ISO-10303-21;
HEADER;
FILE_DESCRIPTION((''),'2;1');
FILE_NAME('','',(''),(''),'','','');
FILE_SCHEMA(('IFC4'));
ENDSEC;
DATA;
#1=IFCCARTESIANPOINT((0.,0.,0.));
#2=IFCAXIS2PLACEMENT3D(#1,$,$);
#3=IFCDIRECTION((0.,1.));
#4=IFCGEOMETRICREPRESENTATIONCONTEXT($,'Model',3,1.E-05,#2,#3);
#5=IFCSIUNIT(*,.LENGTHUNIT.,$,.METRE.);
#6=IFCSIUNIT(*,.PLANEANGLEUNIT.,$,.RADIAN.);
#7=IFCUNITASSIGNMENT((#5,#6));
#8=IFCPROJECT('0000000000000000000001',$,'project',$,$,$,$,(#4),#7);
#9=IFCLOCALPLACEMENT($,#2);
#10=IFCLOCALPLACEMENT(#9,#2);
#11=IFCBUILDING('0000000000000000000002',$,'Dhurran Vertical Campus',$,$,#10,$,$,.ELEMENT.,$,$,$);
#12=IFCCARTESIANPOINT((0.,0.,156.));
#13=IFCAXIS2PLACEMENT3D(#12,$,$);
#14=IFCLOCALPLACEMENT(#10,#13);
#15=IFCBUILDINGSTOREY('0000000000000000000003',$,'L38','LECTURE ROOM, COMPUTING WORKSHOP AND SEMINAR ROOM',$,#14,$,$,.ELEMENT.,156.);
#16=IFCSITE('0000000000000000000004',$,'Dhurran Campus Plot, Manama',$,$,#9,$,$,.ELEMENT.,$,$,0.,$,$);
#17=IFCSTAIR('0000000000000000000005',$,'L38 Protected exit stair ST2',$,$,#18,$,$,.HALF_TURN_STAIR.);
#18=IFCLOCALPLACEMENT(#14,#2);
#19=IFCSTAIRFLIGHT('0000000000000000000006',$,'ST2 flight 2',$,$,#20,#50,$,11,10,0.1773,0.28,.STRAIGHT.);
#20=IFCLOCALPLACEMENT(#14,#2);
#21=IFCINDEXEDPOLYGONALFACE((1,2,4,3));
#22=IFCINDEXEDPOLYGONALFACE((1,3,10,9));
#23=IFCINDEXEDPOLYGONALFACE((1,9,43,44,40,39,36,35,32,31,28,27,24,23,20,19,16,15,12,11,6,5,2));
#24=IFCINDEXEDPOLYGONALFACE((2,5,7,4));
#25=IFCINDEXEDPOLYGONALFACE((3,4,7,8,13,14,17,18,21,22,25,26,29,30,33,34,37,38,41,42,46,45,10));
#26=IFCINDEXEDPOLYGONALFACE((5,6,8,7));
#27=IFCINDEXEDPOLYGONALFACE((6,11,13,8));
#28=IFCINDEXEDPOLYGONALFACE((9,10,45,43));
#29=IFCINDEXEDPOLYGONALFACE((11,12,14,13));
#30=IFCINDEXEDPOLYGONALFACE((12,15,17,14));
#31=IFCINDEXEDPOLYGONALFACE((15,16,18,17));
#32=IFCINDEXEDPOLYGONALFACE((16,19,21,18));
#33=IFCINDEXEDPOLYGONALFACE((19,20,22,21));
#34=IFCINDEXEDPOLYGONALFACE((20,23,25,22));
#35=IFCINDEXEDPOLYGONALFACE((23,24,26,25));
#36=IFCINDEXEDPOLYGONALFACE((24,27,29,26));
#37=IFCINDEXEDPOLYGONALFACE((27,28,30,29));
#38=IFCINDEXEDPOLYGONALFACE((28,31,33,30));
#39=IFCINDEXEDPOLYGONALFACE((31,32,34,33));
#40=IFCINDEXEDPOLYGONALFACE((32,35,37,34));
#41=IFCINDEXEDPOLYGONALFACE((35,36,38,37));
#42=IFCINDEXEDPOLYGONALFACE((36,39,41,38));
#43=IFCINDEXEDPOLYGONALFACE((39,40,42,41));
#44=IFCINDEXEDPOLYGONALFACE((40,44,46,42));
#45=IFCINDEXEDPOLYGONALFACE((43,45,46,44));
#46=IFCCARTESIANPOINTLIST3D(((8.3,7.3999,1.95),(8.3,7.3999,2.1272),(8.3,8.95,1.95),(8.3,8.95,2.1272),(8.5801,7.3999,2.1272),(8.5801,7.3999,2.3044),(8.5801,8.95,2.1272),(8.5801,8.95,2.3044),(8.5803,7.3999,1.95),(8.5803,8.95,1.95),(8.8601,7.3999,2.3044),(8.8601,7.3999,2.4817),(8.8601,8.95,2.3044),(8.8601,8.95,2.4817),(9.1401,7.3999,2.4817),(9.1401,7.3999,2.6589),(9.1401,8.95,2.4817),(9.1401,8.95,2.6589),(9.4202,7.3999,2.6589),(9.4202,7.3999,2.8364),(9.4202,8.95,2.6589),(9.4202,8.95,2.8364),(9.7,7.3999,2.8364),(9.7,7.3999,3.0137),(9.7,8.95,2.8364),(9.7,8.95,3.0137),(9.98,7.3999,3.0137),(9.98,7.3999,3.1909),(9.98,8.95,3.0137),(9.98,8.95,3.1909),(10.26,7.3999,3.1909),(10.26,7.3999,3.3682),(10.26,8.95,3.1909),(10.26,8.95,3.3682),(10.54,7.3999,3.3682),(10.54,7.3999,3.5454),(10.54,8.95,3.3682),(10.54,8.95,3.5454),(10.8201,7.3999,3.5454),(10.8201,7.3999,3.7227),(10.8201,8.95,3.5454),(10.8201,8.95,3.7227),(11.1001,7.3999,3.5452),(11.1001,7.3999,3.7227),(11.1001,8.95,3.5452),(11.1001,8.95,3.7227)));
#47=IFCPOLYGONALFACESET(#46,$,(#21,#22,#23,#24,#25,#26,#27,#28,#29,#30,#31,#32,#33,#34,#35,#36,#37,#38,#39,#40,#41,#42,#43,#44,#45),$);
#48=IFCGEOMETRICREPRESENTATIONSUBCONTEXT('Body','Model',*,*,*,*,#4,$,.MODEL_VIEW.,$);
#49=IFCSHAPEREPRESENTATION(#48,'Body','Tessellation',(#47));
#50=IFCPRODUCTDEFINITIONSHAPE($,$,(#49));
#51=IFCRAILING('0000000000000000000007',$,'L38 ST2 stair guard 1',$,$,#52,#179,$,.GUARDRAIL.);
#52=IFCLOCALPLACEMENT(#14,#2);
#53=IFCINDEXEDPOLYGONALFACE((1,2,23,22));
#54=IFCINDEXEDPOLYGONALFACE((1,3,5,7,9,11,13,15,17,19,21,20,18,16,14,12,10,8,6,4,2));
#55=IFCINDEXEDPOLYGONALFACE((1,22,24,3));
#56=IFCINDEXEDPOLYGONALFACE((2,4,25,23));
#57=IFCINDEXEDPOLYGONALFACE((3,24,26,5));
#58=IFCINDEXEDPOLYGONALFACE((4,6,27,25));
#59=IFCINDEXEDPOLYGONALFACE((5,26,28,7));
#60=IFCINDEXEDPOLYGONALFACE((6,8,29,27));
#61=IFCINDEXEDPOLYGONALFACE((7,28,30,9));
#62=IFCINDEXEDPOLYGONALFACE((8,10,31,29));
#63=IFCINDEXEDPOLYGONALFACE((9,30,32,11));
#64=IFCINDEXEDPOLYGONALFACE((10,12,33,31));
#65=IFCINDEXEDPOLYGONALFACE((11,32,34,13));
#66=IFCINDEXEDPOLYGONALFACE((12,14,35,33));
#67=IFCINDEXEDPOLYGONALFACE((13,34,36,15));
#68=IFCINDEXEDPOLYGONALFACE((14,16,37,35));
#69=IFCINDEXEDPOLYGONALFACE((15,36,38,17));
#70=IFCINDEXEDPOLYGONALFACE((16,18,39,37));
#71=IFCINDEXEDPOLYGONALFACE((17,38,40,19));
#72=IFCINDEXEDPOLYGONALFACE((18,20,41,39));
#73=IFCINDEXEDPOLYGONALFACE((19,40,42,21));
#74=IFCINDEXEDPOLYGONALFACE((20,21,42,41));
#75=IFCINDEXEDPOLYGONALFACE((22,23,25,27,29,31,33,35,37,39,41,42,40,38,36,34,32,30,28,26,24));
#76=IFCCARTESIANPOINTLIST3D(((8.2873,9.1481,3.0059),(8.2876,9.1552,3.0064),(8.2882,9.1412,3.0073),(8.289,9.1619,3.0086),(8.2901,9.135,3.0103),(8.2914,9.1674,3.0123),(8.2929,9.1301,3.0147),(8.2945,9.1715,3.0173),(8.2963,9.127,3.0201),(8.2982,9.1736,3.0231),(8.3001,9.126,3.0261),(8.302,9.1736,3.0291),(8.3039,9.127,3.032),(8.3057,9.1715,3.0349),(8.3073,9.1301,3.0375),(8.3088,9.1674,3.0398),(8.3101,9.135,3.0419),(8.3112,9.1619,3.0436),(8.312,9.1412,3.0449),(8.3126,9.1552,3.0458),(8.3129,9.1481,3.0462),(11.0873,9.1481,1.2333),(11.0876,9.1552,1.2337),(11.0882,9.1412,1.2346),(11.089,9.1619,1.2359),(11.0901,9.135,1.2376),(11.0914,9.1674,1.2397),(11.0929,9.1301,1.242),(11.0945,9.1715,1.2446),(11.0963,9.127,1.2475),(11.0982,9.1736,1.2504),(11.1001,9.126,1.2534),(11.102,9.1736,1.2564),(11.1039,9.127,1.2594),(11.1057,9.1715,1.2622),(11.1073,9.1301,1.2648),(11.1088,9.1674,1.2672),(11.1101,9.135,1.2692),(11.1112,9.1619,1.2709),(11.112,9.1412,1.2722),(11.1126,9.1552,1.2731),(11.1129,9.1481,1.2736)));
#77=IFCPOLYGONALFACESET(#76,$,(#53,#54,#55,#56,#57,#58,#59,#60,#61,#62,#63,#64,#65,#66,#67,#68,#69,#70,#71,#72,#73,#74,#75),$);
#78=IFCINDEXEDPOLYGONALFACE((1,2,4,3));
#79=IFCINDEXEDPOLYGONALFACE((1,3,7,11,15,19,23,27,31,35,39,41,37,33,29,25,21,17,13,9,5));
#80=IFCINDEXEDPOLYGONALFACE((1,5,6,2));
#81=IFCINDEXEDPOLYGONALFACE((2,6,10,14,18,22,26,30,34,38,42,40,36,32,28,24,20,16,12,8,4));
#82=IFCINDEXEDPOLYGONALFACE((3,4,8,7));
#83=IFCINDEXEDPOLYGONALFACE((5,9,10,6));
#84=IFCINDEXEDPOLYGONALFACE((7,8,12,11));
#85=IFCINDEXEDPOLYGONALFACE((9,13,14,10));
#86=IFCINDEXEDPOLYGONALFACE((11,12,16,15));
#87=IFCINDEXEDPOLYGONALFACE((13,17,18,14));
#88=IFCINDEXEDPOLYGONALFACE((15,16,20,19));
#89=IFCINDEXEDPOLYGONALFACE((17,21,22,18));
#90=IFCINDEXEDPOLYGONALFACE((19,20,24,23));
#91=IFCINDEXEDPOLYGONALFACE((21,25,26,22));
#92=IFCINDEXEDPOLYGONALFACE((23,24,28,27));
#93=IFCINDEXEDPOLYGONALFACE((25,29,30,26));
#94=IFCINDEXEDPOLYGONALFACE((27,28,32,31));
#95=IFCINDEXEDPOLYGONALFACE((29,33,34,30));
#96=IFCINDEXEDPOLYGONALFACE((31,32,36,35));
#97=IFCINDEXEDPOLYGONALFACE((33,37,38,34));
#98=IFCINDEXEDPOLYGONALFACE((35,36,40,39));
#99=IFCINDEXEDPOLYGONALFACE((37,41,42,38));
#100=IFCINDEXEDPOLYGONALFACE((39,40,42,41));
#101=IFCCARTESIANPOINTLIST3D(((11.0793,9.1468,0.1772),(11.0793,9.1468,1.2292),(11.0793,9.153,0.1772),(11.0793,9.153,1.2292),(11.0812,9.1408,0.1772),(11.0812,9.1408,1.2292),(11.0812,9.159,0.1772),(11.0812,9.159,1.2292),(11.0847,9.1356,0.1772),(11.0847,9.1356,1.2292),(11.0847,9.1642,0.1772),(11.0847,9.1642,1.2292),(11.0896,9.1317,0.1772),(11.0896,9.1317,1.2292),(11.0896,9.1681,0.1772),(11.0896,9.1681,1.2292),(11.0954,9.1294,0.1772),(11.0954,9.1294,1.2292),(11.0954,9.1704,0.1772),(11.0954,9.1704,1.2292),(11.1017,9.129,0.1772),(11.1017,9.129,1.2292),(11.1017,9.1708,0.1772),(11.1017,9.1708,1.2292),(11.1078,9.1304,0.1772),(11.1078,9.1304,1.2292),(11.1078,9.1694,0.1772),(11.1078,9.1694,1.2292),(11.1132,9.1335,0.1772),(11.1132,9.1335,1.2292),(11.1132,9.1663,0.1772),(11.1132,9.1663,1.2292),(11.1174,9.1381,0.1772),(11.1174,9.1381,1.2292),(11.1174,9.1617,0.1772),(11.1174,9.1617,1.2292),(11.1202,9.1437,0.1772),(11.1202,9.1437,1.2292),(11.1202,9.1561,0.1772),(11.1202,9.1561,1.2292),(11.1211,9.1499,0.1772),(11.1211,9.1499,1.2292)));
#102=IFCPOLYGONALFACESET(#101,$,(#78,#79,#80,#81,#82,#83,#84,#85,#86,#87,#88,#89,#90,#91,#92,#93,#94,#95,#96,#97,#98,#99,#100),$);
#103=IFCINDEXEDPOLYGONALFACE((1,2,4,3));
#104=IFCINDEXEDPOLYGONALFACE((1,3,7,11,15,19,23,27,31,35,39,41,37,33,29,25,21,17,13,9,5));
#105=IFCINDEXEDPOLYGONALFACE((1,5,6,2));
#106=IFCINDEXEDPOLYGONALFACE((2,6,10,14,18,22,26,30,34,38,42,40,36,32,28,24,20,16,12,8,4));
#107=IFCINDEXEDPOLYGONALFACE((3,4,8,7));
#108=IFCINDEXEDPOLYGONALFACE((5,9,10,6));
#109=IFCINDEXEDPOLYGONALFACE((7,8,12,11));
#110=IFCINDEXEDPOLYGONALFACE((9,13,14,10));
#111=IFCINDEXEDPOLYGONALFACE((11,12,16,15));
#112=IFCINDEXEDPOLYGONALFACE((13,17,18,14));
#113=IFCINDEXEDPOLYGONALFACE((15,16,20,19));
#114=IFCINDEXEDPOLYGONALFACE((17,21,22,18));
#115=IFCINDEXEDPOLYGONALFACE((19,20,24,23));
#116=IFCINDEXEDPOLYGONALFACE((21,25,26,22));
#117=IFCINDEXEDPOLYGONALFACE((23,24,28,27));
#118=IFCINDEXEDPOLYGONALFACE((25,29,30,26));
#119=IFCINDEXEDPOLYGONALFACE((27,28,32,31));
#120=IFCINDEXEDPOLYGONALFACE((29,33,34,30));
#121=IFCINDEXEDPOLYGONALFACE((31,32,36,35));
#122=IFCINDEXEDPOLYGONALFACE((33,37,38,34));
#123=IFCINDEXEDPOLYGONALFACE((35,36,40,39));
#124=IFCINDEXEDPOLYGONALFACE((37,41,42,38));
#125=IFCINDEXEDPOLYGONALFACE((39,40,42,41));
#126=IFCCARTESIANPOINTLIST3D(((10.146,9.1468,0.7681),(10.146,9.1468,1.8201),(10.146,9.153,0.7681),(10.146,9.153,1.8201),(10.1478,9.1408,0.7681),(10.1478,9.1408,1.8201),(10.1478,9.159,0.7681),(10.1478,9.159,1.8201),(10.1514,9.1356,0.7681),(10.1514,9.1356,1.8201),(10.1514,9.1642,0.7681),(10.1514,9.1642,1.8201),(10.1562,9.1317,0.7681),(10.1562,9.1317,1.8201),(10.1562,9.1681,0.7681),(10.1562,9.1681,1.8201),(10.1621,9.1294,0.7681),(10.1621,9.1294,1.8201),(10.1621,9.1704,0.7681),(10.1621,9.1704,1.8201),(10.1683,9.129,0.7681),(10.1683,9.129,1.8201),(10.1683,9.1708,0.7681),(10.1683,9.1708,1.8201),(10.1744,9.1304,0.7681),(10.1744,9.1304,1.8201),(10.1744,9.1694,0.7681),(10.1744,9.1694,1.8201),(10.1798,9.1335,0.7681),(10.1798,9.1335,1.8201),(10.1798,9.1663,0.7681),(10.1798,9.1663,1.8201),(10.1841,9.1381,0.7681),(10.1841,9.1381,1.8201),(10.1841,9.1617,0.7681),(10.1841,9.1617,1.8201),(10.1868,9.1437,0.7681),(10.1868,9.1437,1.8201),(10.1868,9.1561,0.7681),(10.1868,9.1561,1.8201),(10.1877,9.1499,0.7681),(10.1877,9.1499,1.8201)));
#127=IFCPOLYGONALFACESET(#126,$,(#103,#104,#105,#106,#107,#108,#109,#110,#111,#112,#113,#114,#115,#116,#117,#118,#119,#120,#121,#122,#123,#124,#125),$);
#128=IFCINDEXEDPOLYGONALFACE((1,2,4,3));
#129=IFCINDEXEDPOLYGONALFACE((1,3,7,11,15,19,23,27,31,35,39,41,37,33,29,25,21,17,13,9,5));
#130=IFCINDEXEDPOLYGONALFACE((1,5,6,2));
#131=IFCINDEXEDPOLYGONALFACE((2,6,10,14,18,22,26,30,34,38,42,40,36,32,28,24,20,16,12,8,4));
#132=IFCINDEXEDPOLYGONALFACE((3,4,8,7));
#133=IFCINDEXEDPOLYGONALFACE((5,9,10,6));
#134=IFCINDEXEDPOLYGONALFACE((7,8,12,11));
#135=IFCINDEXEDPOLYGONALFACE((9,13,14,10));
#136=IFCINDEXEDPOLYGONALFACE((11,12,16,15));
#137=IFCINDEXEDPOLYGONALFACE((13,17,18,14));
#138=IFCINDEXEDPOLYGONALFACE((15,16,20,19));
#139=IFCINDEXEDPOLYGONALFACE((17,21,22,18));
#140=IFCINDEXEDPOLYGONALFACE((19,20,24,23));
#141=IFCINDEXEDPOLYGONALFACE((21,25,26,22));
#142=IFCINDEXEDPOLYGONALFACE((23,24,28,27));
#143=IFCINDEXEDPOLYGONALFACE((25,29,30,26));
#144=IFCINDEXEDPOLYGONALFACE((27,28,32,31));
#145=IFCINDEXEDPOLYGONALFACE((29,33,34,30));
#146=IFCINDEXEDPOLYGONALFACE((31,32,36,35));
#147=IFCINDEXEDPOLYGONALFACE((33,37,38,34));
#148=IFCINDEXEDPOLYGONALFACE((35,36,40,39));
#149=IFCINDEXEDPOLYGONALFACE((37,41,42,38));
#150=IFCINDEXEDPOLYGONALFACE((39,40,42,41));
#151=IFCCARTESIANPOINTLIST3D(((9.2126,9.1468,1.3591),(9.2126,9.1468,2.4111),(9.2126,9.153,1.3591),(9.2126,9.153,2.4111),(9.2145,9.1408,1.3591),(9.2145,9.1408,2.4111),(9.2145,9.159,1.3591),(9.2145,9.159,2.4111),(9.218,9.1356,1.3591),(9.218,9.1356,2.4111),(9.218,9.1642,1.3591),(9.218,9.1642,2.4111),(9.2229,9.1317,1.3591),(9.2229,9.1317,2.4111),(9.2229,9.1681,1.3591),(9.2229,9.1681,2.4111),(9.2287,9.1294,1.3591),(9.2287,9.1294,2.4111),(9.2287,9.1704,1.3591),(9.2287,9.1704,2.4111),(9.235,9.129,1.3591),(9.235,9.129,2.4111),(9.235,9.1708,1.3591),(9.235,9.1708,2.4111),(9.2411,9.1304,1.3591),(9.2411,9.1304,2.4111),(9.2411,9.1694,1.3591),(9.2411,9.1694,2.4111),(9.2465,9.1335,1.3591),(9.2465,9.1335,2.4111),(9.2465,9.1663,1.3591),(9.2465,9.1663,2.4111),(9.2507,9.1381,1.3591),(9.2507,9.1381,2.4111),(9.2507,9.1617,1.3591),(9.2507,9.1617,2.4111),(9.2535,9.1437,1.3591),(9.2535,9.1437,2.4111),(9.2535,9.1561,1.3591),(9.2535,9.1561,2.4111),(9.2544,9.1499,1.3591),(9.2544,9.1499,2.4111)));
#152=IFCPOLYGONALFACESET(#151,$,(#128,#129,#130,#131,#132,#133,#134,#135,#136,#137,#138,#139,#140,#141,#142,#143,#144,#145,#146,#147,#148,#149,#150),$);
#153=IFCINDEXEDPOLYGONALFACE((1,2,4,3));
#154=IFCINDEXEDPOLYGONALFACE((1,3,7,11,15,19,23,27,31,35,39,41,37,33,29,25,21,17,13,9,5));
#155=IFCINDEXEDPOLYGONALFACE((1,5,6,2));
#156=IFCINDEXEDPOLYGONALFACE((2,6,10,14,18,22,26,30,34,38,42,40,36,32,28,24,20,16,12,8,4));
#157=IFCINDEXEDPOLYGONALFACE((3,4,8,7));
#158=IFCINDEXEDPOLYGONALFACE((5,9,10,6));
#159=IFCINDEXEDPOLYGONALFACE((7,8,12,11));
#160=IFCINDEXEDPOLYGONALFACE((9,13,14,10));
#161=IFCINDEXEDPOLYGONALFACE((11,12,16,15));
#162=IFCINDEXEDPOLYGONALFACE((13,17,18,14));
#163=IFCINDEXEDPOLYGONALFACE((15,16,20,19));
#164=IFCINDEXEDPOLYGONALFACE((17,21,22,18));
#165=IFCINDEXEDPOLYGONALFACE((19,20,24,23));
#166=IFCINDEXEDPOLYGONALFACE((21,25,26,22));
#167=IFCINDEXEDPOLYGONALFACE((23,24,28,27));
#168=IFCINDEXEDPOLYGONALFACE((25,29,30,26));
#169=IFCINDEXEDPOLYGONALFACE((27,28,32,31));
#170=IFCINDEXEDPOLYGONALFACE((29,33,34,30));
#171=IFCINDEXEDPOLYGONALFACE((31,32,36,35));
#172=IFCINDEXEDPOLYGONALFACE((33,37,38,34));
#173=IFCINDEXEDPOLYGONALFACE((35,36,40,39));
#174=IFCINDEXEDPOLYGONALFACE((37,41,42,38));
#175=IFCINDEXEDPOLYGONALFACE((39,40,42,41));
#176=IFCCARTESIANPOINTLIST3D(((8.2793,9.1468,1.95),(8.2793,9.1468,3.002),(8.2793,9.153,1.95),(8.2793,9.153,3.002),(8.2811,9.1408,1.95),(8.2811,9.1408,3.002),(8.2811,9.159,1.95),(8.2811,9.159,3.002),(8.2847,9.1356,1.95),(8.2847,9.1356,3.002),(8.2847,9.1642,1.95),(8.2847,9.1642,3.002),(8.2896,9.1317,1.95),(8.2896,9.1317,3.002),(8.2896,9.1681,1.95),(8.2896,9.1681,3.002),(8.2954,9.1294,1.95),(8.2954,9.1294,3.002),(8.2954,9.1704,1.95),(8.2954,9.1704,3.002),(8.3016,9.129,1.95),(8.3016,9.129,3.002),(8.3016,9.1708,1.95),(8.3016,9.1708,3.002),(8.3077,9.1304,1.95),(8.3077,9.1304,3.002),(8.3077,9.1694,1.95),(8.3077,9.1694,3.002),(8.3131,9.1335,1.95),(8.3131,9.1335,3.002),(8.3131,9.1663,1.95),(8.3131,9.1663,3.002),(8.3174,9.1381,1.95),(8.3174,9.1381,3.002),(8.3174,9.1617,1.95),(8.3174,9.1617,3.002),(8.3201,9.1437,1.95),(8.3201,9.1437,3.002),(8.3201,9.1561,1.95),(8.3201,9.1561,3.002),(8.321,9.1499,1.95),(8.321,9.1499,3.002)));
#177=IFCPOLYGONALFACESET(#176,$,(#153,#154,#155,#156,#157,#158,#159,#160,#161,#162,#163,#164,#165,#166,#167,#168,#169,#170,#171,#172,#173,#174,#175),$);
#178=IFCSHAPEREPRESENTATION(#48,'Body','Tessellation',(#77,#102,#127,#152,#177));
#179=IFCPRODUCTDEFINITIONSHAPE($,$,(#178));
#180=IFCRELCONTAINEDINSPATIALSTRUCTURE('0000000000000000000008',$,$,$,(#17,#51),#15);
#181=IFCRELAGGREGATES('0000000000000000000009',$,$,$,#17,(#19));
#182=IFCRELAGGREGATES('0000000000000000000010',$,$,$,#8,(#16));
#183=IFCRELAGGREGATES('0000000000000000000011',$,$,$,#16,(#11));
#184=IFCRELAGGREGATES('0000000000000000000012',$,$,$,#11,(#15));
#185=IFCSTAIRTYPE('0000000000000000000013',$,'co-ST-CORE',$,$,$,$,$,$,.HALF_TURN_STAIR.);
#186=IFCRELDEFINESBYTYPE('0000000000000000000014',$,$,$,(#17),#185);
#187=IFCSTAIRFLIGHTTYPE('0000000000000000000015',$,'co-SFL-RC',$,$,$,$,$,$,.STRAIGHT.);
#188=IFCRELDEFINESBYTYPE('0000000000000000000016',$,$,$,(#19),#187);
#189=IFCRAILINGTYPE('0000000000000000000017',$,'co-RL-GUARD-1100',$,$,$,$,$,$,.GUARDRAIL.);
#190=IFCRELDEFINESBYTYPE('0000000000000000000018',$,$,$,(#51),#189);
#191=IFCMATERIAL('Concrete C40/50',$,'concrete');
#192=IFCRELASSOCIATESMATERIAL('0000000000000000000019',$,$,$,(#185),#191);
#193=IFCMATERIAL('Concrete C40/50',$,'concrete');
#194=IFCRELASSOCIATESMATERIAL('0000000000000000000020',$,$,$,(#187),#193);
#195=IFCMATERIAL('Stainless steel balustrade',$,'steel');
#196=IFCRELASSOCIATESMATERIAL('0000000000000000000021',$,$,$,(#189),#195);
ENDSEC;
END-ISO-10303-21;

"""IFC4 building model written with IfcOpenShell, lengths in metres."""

from ifc_helpers import new_model, si_unit, direction, frame, origin, origin_2d, place, context, subcontext, project, spatial, polyline, circle, outline, extrude, material, type_object, element, aggregate, save


model = new_model("IFC4")

# Units and contexts
model_context = context("Model", 3, precision=1e-05, world=origin(), true_north=direction((0.0, 1.0)))
body_context = subcontext(model_context, "Body", "Model", "MODEL_VIEW")
ifc_project = project(units=[si_unit("LENGTHUNIT", "METRE"), si_unit("PLANEANGLEUNIT", "RADIAN")], contexts=[model_context])

# Site, building, storey
site_placement = place(None, origin())
site = spatial("IfcSite", under=ifc_project, at=site_placement, Name="Dhurran Campus Plot, Manama", CompositionType="ELEMENT", RefElevation=0.0)
building_placement = place(site_placement, origin())
building = spatial("IfcBuilding", under=site, at=building_placement, Name="Dhurran Vertical Campus", CompositionType="ELEMENT")
storey_placement = place(building_placement, frame((0.0, 0.0, 156.0)))
storey = spatial("IfcBuildingStorey", under=building, at=storey_placement, Name="L38", Description="LECTURE ROOM, COMPUTING WORKSHOP AND SEMINAR ROOM", CompositionType="ELEMENT", Elevation=156.0)

# Stair, stair flight
ifc_material_1 = material(Name="Concrete C40/50", Category="concrete")
stair_type = type_object("IfcStairType", Name="co-ST-CORE", PredefinedType="HALF_TURN_STAIR", material=ifc_material_1)
stair_placement = place(storey_placement, origin())
stair = element("IfcStair", 1, at=stair_placement, inside=storey, type_object=stair_type, Name="L38 Protected exit stair ST2", PredefinedType="HALF_TURN_STAIR")
ifc_material_2 = material(Name="Concrete C40/50", Category="concrete")
stair_flight_type = type_object("IfcStairFlightType", Name="co-SFL-RC", PredefinedType="STRAIGHT", material=ifc_material_2)
stair_flight_1_placement = place(storey_placement, frame((8.3, 8.175, 1.95), z_axis=(0.0, 0.0, 1.0), x_axis=(1.0, 0.0, 0.0)))
stair_flight_1 = element("IfcStairFlight", 2, at=stair_flight_1_placement, type_object=stair_flight_type, Name="ST2 flight 2", NumberOfRisers=11, NumberOfTreads=10, PredefinedType="STRAIGHT", RiserHeight=0.1773, TreadLength=0.28, context=body_context, shape_type="SweptSolid", body=[
    extrude(outline(polyline([(0.0, 0.0), (0.0, 0.1772), (0.28, 0.1772), (0.28, 0.3545), (0.5601, 0.3545), (0.5601, 0.5317), (0.8401, 0.5317), (0.8401, 0.709), (1.1201, 0.709), (1.1201, 0.8865), (1.3999, 0.8865), (1.3999, 1.0637), (1.6799, 1.0637), (1.6799, 1.241), (1.96, 1.241), (1.96, 1.4182), (2.24, 1.4182), (2.24, 1.5955), (2.52, 1.5955), (2.52, 1.7727), (2.8, 1.7727), (2.8, 1.95), (2.8, 1.5952), (0.2803, 0.0), (0.0, 0.0)])), frame((0.0, 0.7749, 0.0), z_axis=(0.0, -1.0, 0.0), x_axis=(1.0, 0.0, 0.0)), (0.0, 0.0, 1.0), 1.55),
])
aggregate(stair, [stair_flight_1])

# Railing
ifc_material_3 = material(Name="Stainless steel balustrade", Category="steel")
railing_type_1 = type_object("IfcRailingType", Name="co-RL-GUARD-1100", PredefinedType="GUARDRAIL", material=ifc_material_3)
railing_1_placement = place(storey_placement, frame((11.1001, 9.1499, 0.1772)))
element("IfcRailing", 3, at=railing_1_placement, inside=storey, type_object=railing_type_1, Name="L38 ST2 stair guard 1", PredefinedType="GUARDRAIL", context=body_context, shape_type="SweptSolid", body=[
    extrude(circle(Radius=0.0239, at=origin_2d()), frame((0.0, 0.0, 1.0762), z_axis=(-0.844909, 0.0, 0.53491), x_axis=(0.0, -1.0, 0.0)), (0.0, 0.0, 1.0), 3.314),
    extrude(circle(Radius=0.021, at=origin_2d()), origin(), (0.0, 0.0, 1.0), 1.052),
    extrude(circle(Radius=0.021, at=origin_2d()), frame((-0.9333, 0.0, 0.5908)), (0.0, 0.0, 1.0), 1.052),
    extrude(circle(Radius=0.021, at=origin_2d()), frame((-1.8667, 0.0, 1.1819)), (0.0, 0.0, 1.0), 1.052),
    extrude(circle(Radius=0.021, at=origin_2d()), frame((-2.8, 0.0, 1.7727)), (0.0, 0.0, 1.0), 1.052),
])

save(model, "model.ifc")
